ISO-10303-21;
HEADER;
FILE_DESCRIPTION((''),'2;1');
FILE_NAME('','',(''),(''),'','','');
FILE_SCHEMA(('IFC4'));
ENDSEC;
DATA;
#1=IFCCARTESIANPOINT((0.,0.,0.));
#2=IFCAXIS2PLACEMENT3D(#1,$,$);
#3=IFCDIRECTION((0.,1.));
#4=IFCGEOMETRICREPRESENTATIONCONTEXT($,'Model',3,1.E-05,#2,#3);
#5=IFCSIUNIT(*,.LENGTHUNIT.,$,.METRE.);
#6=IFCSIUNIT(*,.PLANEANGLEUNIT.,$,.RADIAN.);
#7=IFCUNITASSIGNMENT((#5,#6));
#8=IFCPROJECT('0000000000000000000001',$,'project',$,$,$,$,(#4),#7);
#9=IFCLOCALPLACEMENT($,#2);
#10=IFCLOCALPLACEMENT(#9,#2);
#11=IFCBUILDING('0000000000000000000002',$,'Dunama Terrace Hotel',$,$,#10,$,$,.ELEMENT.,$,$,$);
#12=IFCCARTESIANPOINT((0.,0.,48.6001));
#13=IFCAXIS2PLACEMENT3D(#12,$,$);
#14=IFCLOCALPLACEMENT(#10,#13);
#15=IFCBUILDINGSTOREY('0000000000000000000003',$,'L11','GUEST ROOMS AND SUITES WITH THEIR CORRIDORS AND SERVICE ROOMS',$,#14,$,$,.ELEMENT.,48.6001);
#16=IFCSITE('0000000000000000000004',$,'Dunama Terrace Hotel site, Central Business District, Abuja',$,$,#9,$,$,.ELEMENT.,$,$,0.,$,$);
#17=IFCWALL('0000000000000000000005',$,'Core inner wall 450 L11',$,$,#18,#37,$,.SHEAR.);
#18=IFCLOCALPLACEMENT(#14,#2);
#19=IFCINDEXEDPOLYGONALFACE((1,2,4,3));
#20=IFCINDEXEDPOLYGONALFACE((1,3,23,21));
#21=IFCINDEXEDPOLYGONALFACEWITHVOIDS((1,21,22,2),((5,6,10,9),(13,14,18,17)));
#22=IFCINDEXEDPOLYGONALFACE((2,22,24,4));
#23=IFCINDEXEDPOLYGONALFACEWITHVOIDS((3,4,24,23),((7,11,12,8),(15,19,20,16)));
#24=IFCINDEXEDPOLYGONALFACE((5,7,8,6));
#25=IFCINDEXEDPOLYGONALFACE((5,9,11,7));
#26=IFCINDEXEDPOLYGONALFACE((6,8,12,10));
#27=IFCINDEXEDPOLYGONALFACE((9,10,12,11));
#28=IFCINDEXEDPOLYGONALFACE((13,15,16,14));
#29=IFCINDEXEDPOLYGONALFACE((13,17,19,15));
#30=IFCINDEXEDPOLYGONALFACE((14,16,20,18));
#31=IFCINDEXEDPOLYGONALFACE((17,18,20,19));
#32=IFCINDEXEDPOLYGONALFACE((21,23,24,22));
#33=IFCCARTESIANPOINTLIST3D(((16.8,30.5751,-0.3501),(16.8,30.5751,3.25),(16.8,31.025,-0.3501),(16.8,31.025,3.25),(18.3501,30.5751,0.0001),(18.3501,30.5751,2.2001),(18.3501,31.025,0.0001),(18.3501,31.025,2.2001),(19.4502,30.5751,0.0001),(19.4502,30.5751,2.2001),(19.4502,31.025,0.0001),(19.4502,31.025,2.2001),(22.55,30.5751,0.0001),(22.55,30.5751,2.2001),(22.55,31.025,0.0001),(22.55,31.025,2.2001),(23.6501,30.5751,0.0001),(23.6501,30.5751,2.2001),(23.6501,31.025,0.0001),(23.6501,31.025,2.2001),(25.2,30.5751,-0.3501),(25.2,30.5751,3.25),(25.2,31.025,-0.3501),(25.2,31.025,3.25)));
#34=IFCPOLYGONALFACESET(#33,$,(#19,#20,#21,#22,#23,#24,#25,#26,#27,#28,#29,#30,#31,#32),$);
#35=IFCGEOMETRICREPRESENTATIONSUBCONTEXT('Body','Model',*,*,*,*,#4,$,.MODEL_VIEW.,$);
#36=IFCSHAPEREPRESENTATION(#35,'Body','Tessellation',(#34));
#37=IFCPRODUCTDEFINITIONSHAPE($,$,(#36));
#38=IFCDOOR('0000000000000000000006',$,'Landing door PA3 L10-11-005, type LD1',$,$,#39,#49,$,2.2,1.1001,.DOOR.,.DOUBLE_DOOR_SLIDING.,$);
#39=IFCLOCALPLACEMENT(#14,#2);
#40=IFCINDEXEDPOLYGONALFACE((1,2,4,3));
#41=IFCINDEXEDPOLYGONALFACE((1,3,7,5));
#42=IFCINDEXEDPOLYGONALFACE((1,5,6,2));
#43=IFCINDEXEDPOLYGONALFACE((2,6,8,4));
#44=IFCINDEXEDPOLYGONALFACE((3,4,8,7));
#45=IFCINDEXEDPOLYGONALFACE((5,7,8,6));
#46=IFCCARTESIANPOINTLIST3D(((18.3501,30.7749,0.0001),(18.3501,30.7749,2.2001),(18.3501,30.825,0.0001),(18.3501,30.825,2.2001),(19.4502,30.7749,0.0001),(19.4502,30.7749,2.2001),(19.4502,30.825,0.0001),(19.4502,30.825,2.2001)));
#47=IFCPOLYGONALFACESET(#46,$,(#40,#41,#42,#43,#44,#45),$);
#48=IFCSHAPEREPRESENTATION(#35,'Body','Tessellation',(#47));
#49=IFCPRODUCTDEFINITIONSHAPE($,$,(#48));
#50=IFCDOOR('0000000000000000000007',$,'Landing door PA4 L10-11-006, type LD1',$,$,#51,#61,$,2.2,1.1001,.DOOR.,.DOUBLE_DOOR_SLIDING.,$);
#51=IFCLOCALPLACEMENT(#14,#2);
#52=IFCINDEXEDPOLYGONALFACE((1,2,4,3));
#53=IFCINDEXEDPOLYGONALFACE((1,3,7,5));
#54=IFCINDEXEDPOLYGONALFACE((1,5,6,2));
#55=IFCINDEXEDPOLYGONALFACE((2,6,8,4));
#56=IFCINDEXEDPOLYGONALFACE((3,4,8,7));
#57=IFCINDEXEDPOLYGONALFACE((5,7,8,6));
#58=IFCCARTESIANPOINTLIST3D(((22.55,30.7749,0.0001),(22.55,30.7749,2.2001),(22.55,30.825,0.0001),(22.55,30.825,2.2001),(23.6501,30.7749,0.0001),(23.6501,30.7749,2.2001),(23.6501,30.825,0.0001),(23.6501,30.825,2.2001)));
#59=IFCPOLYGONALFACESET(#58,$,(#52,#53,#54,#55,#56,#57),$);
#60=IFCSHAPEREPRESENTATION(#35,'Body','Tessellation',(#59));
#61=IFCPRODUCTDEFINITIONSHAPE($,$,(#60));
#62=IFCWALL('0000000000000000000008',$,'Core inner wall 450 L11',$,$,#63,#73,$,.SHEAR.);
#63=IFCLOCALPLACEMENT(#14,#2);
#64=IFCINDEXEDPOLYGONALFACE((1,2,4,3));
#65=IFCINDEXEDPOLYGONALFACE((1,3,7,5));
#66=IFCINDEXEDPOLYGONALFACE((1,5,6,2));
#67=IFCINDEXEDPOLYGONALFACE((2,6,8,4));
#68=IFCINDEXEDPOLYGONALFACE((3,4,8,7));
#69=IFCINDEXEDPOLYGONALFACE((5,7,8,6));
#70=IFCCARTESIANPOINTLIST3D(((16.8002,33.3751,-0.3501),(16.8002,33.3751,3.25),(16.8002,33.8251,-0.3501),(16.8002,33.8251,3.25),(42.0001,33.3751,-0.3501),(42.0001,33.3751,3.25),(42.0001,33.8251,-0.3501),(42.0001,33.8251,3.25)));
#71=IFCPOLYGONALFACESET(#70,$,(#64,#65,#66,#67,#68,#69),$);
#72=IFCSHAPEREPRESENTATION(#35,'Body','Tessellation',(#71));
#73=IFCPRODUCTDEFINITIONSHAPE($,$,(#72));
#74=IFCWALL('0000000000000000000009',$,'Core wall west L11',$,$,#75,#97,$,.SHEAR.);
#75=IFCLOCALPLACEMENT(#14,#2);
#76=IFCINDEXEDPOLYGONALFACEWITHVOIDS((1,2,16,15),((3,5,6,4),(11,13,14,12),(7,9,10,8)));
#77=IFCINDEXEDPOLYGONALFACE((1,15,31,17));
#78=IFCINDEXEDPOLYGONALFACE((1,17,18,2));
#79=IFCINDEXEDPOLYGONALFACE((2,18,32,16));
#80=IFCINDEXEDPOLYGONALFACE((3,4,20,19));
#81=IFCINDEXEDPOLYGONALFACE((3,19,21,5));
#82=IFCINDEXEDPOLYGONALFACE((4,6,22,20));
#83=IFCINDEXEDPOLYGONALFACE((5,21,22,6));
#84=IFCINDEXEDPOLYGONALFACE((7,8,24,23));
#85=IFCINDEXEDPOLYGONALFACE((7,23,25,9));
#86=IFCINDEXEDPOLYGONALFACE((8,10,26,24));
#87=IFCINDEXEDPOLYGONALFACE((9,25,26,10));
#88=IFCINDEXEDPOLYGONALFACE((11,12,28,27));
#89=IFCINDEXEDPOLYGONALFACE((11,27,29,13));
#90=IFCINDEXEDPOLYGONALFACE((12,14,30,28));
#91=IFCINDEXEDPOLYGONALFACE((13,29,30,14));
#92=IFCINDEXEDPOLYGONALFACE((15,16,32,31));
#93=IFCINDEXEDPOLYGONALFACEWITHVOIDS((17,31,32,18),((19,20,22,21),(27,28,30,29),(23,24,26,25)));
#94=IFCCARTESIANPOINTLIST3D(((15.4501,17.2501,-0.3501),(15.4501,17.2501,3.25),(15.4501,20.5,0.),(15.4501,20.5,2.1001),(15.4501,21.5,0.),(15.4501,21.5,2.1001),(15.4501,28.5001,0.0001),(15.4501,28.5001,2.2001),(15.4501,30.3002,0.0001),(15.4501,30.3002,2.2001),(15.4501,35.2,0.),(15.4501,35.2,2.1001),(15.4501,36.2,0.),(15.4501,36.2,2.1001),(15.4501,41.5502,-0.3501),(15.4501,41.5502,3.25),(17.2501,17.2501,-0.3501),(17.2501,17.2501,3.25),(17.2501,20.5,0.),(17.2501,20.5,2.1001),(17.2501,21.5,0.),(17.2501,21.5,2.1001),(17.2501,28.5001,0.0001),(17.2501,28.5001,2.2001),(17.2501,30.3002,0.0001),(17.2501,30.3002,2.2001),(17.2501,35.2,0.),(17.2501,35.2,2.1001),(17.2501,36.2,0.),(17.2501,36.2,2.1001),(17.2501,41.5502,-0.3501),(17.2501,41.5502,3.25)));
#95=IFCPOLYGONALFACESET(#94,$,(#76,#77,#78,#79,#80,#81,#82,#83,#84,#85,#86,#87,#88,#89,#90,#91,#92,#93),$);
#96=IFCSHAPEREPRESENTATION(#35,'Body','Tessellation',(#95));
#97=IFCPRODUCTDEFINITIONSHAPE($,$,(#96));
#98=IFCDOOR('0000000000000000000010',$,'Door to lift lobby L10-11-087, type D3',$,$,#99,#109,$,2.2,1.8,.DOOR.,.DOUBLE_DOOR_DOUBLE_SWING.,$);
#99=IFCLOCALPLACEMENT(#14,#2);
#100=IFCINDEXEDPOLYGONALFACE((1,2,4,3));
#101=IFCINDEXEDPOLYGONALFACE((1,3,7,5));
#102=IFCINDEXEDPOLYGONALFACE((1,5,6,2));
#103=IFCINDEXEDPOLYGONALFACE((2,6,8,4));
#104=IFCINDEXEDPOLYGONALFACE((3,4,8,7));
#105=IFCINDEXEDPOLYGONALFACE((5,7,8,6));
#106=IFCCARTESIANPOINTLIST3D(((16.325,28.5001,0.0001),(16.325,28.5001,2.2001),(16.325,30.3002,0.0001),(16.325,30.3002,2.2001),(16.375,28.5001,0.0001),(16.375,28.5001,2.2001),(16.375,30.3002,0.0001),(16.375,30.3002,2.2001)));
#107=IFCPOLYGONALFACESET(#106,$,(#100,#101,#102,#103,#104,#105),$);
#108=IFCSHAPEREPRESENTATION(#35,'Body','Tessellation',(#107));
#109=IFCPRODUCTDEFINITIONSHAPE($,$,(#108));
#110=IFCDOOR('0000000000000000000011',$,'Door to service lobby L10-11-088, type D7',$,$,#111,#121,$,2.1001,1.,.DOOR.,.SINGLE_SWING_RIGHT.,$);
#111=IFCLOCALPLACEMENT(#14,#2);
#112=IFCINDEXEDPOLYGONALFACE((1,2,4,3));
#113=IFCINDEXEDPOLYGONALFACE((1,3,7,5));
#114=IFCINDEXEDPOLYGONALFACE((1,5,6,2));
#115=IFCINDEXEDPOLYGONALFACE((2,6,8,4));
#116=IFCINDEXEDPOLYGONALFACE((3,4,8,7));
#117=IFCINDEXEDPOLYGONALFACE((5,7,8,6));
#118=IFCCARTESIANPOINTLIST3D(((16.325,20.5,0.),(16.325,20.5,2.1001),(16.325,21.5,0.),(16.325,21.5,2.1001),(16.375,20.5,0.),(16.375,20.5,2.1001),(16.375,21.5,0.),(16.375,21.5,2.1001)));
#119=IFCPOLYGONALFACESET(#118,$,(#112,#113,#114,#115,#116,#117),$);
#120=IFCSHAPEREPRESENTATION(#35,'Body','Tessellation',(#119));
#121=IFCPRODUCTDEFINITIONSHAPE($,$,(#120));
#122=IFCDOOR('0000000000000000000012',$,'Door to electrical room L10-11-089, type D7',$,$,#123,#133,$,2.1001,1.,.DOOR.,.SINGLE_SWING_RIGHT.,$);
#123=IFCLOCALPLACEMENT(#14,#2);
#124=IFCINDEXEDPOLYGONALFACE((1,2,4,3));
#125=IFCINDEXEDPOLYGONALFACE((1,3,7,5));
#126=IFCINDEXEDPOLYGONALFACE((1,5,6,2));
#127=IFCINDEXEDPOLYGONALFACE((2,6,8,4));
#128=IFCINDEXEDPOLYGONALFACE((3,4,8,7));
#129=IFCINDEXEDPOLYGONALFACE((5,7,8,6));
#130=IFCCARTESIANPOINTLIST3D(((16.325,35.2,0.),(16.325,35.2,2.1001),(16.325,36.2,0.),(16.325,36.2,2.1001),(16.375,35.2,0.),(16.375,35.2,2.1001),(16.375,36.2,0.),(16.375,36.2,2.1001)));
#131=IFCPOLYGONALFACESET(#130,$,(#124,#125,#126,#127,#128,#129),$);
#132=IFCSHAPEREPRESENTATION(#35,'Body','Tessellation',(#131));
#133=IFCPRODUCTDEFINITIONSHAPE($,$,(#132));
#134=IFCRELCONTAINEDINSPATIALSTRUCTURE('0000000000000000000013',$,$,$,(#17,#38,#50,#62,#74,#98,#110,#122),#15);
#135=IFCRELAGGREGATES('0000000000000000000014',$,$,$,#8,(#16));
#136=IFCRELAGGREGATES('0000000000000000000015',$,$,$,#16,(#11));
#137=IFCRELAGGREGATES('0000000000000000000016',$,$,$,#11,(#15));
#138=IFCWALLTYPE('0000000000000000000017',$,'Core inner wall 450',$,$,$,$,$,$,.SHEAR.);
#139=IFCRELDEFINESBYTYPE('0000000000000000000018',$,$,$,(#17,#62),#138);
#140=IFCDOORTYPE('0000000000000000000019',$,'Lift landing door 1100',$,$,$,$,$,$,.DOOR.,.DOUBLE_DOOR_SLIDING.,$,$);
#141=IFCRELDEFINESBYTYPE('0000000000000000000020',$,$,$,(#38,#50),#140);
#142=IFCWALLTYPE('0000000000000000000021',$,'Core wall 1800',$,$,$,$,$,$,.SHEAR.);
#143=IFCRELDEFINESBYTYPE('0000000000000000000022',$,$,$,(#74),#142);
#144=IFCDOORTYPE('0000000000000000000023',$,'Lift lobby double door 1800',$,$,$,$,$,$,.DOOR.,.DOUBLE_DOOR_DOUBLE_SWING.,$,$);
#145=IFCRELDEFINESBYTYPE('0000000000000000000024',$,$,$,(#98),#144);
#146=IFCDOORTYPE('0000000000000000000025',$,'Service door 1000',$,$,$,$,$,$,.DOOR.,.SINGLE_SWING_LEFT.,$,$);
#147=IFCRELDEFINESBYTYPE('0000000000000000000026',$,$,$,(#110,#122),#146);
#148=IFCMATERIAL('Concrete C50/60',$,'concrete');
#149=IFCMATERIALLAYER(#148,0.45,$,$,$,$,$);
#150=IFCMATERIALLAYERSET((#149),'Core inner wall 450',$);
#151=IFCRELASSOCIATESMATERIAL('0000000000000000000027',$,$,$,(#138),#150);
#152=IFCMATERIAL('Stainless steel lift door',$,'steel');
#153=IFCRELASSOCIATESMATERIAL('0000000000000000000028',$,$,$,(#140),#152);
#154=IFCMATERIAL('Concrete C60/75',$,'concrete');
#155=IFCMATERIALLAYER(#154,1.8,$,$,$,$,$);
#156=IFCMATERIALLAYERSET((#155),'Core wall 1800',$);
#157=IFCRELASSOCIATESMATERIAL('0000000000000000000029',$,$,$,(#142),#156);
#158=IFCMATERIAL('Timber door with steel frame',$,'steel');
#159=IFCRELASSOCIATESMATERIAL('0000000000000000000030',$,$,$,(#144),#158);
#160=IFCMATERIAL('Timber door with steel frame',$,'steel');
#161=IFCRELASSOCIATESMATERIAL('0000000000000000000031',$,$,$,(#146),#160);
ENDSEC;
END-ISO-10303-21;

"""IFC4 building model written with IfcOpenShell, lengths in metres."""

from ifc_helpers import new_model, si_unit, direction, frame, frame_2d, origin, place, context, subcontext, project, spatial, rectangle, extrude, material, layer, layer_set, type_object, element, fill, save


model = new_model("IFC4")

# Units and contexts
model_context = context("Model", 3, precision=1e-05, world=origin(), true_north=direction((0.0, 1.0)))
body_context = subcontext(model_context, "Body", "Model", "MODEL_VIEW")
ifc_project = project(units=[si_unit("LENGTHUNIT", "METRE"), si_unit("PLANEANGLEUNIT", "RADIAN")], contexts=[model_context])

# Site, building, storey
site_placement = place(None, origin())
site = spatial("IfcSite", under=ifc_project, at=site_placement, Name="Dunama Terrace Hotel site, Central Business District, Abuja", CompositionType="ELEMENT", RefElevation=0.0)
building_placement = place(site_placement, origin())
building = spatial("IfcBuilding", under=site, at=building_placement, Name="Dunama Terrace Hotel", CompositionType="ELEMENT")
storey_placement = place(building_placement, frame((0.0, 0.0, 48.6001)))
storey = spatial("IfcBuildingStorey", under=building, at=storey_placement, Name="L11", Description="GUEST ROOMS AND SUITES WITH THEIR CORRIDORS AND SERVICE ROOMS", CompositionType="ELEMENT", Elevation=48.6001)

# Wall, openings, doors
ifc_material_1 = material(Name="Concrete C50/60", Category="concrete")
ifc_layer_1 = layer(ifc_material_1, 0.45)
ifc_layer_set_1 = layer_set([ifc_layer_1], Name="Core inner wall 450")
wall_type_1 = type_object("IfcWallType", Name="Core inner wall 450", PredefinedType="SHEAR", material=ifc_layer_set_1)
ifc_material_2 = material(Name="Stainless steel lift door", Category="steel")
door_type_1 = type_object("IfcDoorType", Name="Lift landing door 1100", OperationType="DOUBLE_DOOR_SLIDING", PredefinedType="DOOR", material=ifc_material_2)
wall_1_placement = place(storey_placement, frame((16.8, 30.8, -0.3501), z_axis=(0.0, 0.0, 1.0), x_axis=(1.0, 0.0, 0.0)))
wall_1 = element("IfcWall", 1, at=wall_1_placement, inside=storey, type_object=wall_type_1, Name="Core inner wall 450 L11", PredefinedType="SHEAR", context=body_context, shape_type="SweptSolid", body=[
    extrude(rectangle(XDim=8.3999, YDim=0.45, at=frame_2d((4.2, 0.0))), origin(), (0.0, 0.0, 1.0), 3.6001),
])
opening_1_placement = place(wall_1_placement, frame((1.55, 0.0, 0.3501)))
opening_1 = element("IfcOpeningElement", 2, at=opening_1_placement, cuts=wall_1, PredefinedType="OPENING", context=body_context, shape_type="SweptSolid", body=[
    extrude(rectangle(XDim=1.1001, YDim=2.2, at=frame_2d((0.55, 1.1001))), frame((0.0, 0.2349, 0.0), z_axis=(0.0, -1.0, 0.0), x_axis=(1.0, 0.0, 0.0)), (0.0, 0.0, 1.0), 0.47),
])
opening_2_placement = place(wall_1_placement, frame((5.75, 0.0, 0.3501)))
opening_2 = element("IfcOpeningElement", 3, at=opening_2_placement, cuts=wall_1, PredefinedType="OPENING", context=body_context, shape_type="SweptSolid", body=[
    extrude(rectangle(XDim=1.1001, YDim=2.2, at=frame_2d((0.55, 1.1001))), frame((0.0, 0.2349, 0.0), z_axis=(0.0, -1.0, 0.0), x_axis=(1.0, 0.0, 0.0)), (0.0, 0.0, 1.0), 0.47),
])
door_1_placement = place(opening_1_placement, origin())
door_1 = element("IfcDoor", 4, at=door_1_placement, inside=storey, type_object=door_type_1, Name="Landing door PA3 L10-11-005, type LD1", OperationType="DOUBLE_DOOR_SLIDING", OverallHeight=2.2, OverallWidth=1.1001, PredefinedType="DOOR", context=body_context, shape_type="SweptSolid", body=[
    extrude(rectangle(XDim=1.1001, YDim=2.2, at=frame_2d((0.55, 1.1001))), frame((0.0, 0.0249, 0.0), z_axis=(0.0, -1.0, 0.0), x_axis=(1.0, 0.0, 0.0)), (0.0, 0.0, 1.0), 0.05),
])
fill(opening_1, door_1)
door_2_placement = place(opening_2_placement, origin())
door_2 = element("IfcDoor", 5, at=door_2_placement, inside=storey, type_object=door_type_1, Name="Landing door PA4 L10-11-006, type LD1", OperationType="DOUBLE_DOOR_SLIDING", OverallHeight=2.2, OverallWidth=1.1001, PredefinedType="DOOR", context=body_context, shape_type="SweptSolid", body=[
    extrude(rectangle(XDim=1.1001, YDim=2.2, at=frame_2d((0.55, 1.1001))), frame((0.0, 0.0249, 0.0), z_axis=(0.0, -1.0, 0.0), x_axis=(1.0, 0.0, 0.0)), (0.0, 0.0, 1.0), 0.05),
])
fill(opening_2, door_2)

# Wall
wall_2_placement = place(storey_placement, frame((16.8, 33.6001, -0.3501), z_axis=(0.0, 0.0, 1.0), x_axis=(1.0, 0.0, 0.0)))
element("IfcWall", 6, at=wall_2_placement, inside=storey, type_object=wall_type_1, Name="Core inner wall 450 L11", PredefinedType="SHEAR", context=body_context, shape_type="SweptSolid", body=[
    extrude(rectangle(XDim=25.2, YDim=0.45, at=frame_2d((12.6001, 0.0))), origin(), (0.0, 0.0, 1.0), 3.6001),
])

# Wall, openings, doors
ifc_material_3 = material(Name="Concrete C60/75", Category="concrete")
ifc_layer_2 = layer(ifc_material_3, 1.8)
ifc_layer_set_2 = layer_set([ifc_layer_2], Name="Core wall 1800")
wall_type_2 = type_object("IfcWallType", Name="Core wall 1800", PredefinedType="SHEAR", material=ifc_layer_set_2)
wall_3_placement = place(storey_placement, frame((16.3501, 41.55, -0.3501), z_axis=(0.0, 0.0, 1.0), x_axis=(0.0, -1.0, 0.0)))
wall_3 = element("IfcWall", 7, at=wall_3_placement, inside=storey, type_object=wall_type_2, Name="Core wall west L11", PredefinedType="SHEAR", context=body_context, shape_type="SweptSolid", body=[
    extrude(rectangle(XDim=24.3, YDim=1.8, at=frame_2d((12.1499, 0.0))), origin(), (0.0, 0.0, 1.0), 3.6001),
])
opening_3_placement = place(wall_3_placement, frame((11.25, 0.0, 0.3501)))
opening_3 = element("IfcOpeningElement", 8, at=opening_3_placement, cuts=wall_3, PredefinedType="OPENING", context=body_context, shape_type="SweptSolid", body=[
    extrude(rectangle(XDim=1.8, YDim=2.2, at=frame_2d((0.8999, 1.1001))), frame((0.0, 0.9099, 0.0), z_axis=(0.0, -1.0, 0.0), x_axis=(1.0, 0.0, 0.0)), (0.0, 0.0, 1.0), 1.8201),
])
opening_4_placement = place(wall_3_placement, frame((20.05, 0.0, 0.3501)))
opening_4 = element("IfcOpeningElement", 9, at=opening_4_placement, cuts=wall_3, PredefinedType="OPENING", context=body_context, shape_type="SweptSolid", body=[
    extrude(rectangle(XDim=1.0, YDim=2.1001, at=frame_2d((0.5, 1.05))), frame((0.0, 0.9099, 0.0), z_axis=(0.0, -1.0, 0.0), x_axis=(1.0, 0.0, 0.0)), (0.0, 0.0, 1.0), 1.8201),
])
opening_5_placement = place(wall_3_placement, frame((5.3501, 0.0, 0.3501)))
opening_5 = element("IfcOpeningElement", 10, at=opening_5_placement, cuts=wall_3, PredefinedType="OPENING", context=body_context, shape_type="SweptSolid", body=[
    extrude(rectangle(XDim=1.0, YDim=2.1001, at=frame_2d((0.5, 1.05))), frame((0.0, 0.9099, 0.0), z_axis=(0.0, -1.0, 0.0), x_axis=(1.0, 0.0, 0.0)), (0.0, 0.0, 1.0), 1.8201),
])
ifc_material_4 = material(Name="Timber door with steel frame", Category="steel")
door_type_2 = type_object("IfcDoorType", Name="Lift lobby double door 1800", OperationType="DOUBLE_DOOR_DOUBLE_SWING", PredefinedType="DOOR", material=ifc_material_4)
door_3_placement = place(opening_3_placement, origin())
door_3 = element("IfcDoor", 11, at=door_3_placement, inside=storey, type_object=door_type_2, Name="Door to lift lobby L10-11-087, type D3", OperationType="DOUBLE_DOOR_DOUBLE_SWING", OverallHeight=2.2, OverallWidth=1.8, PredefinedType="DOOR", context=body_context, shape_type="SweptSolid", body=[
    extrude(rectangle(XDim=1.8, YDim=2.2, at=frame_2d((0.8999, 1.1001))), frame((0.0, 0.0249, 0.0), z_axis=(0.0, -1.0, 0.0), x_axis=(1.0, 0.0, 0.0)), (0.0, 0.0, 1.0), 0.05),
])
fill(opening_3, door_3)
ifc_material_5 = material(Name="Timber door with steel frame", Category="steel")
door_type_3 = type_object("IfcDoorType", Name="Service door 1000", OperationType="SINGLE_SWING_LEFT", PredefinedType="DOOR", material=ifc_material_5)
door_4_placement = place(opening_4_placement, origin())
door_4 = element("IfcDoor", 12, at=door_4_placement, inside=storey, type_object=door_type_3, Name="Door to service lobby L10-11-088, type D7", OperationType="SINGLE_SWING_RIGHT", OverallHeight=2.1001, OverallWidth=1.0, PredefinedType="DOOR", context=body_context, shape_type="SweptSolid", body=[
    extrude(rectangle(XDim=1.0, YDim=2.1001, at=frame_2d((0.5, 1.05))), frame((0.0, 0.0249, 0.0), z_axis=(0.0, -1.0, 0.0), x_axis=(1.0, 0.0, 0.0)), (0.0, 0.0, 1.0), 0.05),
])
fill(opening_4, door_4)
door_5_placement = place(opening_5_placement, origin())
door_5 = element("IfcDoor", 13, at=door_5_placement, inside=storey, type_object=door_type_3, Name="Door to electrical room L10-11-089, type D7", OperationType="SINGLE_SWING_RIGHT", OverallHeight=2.1001, OverallWidth=1.0, PredefinedType="DOOR", context=body_context, shape_type="SweptSolid", body=[
    extrude(rectangle(XDim=1.0, YDim=2.1001, at=frame_2d((0.5, 1.05))), frame((0.0, 0.0249, 0.0), z_axis=(0.0, -1.0, 0.0), x_axis=(1.0, 0.0, 0.0)), (0.0, 0.0, 1.0), 0.05),
])
fill(opening_5, door_5)

save(model, "model.ifc")
